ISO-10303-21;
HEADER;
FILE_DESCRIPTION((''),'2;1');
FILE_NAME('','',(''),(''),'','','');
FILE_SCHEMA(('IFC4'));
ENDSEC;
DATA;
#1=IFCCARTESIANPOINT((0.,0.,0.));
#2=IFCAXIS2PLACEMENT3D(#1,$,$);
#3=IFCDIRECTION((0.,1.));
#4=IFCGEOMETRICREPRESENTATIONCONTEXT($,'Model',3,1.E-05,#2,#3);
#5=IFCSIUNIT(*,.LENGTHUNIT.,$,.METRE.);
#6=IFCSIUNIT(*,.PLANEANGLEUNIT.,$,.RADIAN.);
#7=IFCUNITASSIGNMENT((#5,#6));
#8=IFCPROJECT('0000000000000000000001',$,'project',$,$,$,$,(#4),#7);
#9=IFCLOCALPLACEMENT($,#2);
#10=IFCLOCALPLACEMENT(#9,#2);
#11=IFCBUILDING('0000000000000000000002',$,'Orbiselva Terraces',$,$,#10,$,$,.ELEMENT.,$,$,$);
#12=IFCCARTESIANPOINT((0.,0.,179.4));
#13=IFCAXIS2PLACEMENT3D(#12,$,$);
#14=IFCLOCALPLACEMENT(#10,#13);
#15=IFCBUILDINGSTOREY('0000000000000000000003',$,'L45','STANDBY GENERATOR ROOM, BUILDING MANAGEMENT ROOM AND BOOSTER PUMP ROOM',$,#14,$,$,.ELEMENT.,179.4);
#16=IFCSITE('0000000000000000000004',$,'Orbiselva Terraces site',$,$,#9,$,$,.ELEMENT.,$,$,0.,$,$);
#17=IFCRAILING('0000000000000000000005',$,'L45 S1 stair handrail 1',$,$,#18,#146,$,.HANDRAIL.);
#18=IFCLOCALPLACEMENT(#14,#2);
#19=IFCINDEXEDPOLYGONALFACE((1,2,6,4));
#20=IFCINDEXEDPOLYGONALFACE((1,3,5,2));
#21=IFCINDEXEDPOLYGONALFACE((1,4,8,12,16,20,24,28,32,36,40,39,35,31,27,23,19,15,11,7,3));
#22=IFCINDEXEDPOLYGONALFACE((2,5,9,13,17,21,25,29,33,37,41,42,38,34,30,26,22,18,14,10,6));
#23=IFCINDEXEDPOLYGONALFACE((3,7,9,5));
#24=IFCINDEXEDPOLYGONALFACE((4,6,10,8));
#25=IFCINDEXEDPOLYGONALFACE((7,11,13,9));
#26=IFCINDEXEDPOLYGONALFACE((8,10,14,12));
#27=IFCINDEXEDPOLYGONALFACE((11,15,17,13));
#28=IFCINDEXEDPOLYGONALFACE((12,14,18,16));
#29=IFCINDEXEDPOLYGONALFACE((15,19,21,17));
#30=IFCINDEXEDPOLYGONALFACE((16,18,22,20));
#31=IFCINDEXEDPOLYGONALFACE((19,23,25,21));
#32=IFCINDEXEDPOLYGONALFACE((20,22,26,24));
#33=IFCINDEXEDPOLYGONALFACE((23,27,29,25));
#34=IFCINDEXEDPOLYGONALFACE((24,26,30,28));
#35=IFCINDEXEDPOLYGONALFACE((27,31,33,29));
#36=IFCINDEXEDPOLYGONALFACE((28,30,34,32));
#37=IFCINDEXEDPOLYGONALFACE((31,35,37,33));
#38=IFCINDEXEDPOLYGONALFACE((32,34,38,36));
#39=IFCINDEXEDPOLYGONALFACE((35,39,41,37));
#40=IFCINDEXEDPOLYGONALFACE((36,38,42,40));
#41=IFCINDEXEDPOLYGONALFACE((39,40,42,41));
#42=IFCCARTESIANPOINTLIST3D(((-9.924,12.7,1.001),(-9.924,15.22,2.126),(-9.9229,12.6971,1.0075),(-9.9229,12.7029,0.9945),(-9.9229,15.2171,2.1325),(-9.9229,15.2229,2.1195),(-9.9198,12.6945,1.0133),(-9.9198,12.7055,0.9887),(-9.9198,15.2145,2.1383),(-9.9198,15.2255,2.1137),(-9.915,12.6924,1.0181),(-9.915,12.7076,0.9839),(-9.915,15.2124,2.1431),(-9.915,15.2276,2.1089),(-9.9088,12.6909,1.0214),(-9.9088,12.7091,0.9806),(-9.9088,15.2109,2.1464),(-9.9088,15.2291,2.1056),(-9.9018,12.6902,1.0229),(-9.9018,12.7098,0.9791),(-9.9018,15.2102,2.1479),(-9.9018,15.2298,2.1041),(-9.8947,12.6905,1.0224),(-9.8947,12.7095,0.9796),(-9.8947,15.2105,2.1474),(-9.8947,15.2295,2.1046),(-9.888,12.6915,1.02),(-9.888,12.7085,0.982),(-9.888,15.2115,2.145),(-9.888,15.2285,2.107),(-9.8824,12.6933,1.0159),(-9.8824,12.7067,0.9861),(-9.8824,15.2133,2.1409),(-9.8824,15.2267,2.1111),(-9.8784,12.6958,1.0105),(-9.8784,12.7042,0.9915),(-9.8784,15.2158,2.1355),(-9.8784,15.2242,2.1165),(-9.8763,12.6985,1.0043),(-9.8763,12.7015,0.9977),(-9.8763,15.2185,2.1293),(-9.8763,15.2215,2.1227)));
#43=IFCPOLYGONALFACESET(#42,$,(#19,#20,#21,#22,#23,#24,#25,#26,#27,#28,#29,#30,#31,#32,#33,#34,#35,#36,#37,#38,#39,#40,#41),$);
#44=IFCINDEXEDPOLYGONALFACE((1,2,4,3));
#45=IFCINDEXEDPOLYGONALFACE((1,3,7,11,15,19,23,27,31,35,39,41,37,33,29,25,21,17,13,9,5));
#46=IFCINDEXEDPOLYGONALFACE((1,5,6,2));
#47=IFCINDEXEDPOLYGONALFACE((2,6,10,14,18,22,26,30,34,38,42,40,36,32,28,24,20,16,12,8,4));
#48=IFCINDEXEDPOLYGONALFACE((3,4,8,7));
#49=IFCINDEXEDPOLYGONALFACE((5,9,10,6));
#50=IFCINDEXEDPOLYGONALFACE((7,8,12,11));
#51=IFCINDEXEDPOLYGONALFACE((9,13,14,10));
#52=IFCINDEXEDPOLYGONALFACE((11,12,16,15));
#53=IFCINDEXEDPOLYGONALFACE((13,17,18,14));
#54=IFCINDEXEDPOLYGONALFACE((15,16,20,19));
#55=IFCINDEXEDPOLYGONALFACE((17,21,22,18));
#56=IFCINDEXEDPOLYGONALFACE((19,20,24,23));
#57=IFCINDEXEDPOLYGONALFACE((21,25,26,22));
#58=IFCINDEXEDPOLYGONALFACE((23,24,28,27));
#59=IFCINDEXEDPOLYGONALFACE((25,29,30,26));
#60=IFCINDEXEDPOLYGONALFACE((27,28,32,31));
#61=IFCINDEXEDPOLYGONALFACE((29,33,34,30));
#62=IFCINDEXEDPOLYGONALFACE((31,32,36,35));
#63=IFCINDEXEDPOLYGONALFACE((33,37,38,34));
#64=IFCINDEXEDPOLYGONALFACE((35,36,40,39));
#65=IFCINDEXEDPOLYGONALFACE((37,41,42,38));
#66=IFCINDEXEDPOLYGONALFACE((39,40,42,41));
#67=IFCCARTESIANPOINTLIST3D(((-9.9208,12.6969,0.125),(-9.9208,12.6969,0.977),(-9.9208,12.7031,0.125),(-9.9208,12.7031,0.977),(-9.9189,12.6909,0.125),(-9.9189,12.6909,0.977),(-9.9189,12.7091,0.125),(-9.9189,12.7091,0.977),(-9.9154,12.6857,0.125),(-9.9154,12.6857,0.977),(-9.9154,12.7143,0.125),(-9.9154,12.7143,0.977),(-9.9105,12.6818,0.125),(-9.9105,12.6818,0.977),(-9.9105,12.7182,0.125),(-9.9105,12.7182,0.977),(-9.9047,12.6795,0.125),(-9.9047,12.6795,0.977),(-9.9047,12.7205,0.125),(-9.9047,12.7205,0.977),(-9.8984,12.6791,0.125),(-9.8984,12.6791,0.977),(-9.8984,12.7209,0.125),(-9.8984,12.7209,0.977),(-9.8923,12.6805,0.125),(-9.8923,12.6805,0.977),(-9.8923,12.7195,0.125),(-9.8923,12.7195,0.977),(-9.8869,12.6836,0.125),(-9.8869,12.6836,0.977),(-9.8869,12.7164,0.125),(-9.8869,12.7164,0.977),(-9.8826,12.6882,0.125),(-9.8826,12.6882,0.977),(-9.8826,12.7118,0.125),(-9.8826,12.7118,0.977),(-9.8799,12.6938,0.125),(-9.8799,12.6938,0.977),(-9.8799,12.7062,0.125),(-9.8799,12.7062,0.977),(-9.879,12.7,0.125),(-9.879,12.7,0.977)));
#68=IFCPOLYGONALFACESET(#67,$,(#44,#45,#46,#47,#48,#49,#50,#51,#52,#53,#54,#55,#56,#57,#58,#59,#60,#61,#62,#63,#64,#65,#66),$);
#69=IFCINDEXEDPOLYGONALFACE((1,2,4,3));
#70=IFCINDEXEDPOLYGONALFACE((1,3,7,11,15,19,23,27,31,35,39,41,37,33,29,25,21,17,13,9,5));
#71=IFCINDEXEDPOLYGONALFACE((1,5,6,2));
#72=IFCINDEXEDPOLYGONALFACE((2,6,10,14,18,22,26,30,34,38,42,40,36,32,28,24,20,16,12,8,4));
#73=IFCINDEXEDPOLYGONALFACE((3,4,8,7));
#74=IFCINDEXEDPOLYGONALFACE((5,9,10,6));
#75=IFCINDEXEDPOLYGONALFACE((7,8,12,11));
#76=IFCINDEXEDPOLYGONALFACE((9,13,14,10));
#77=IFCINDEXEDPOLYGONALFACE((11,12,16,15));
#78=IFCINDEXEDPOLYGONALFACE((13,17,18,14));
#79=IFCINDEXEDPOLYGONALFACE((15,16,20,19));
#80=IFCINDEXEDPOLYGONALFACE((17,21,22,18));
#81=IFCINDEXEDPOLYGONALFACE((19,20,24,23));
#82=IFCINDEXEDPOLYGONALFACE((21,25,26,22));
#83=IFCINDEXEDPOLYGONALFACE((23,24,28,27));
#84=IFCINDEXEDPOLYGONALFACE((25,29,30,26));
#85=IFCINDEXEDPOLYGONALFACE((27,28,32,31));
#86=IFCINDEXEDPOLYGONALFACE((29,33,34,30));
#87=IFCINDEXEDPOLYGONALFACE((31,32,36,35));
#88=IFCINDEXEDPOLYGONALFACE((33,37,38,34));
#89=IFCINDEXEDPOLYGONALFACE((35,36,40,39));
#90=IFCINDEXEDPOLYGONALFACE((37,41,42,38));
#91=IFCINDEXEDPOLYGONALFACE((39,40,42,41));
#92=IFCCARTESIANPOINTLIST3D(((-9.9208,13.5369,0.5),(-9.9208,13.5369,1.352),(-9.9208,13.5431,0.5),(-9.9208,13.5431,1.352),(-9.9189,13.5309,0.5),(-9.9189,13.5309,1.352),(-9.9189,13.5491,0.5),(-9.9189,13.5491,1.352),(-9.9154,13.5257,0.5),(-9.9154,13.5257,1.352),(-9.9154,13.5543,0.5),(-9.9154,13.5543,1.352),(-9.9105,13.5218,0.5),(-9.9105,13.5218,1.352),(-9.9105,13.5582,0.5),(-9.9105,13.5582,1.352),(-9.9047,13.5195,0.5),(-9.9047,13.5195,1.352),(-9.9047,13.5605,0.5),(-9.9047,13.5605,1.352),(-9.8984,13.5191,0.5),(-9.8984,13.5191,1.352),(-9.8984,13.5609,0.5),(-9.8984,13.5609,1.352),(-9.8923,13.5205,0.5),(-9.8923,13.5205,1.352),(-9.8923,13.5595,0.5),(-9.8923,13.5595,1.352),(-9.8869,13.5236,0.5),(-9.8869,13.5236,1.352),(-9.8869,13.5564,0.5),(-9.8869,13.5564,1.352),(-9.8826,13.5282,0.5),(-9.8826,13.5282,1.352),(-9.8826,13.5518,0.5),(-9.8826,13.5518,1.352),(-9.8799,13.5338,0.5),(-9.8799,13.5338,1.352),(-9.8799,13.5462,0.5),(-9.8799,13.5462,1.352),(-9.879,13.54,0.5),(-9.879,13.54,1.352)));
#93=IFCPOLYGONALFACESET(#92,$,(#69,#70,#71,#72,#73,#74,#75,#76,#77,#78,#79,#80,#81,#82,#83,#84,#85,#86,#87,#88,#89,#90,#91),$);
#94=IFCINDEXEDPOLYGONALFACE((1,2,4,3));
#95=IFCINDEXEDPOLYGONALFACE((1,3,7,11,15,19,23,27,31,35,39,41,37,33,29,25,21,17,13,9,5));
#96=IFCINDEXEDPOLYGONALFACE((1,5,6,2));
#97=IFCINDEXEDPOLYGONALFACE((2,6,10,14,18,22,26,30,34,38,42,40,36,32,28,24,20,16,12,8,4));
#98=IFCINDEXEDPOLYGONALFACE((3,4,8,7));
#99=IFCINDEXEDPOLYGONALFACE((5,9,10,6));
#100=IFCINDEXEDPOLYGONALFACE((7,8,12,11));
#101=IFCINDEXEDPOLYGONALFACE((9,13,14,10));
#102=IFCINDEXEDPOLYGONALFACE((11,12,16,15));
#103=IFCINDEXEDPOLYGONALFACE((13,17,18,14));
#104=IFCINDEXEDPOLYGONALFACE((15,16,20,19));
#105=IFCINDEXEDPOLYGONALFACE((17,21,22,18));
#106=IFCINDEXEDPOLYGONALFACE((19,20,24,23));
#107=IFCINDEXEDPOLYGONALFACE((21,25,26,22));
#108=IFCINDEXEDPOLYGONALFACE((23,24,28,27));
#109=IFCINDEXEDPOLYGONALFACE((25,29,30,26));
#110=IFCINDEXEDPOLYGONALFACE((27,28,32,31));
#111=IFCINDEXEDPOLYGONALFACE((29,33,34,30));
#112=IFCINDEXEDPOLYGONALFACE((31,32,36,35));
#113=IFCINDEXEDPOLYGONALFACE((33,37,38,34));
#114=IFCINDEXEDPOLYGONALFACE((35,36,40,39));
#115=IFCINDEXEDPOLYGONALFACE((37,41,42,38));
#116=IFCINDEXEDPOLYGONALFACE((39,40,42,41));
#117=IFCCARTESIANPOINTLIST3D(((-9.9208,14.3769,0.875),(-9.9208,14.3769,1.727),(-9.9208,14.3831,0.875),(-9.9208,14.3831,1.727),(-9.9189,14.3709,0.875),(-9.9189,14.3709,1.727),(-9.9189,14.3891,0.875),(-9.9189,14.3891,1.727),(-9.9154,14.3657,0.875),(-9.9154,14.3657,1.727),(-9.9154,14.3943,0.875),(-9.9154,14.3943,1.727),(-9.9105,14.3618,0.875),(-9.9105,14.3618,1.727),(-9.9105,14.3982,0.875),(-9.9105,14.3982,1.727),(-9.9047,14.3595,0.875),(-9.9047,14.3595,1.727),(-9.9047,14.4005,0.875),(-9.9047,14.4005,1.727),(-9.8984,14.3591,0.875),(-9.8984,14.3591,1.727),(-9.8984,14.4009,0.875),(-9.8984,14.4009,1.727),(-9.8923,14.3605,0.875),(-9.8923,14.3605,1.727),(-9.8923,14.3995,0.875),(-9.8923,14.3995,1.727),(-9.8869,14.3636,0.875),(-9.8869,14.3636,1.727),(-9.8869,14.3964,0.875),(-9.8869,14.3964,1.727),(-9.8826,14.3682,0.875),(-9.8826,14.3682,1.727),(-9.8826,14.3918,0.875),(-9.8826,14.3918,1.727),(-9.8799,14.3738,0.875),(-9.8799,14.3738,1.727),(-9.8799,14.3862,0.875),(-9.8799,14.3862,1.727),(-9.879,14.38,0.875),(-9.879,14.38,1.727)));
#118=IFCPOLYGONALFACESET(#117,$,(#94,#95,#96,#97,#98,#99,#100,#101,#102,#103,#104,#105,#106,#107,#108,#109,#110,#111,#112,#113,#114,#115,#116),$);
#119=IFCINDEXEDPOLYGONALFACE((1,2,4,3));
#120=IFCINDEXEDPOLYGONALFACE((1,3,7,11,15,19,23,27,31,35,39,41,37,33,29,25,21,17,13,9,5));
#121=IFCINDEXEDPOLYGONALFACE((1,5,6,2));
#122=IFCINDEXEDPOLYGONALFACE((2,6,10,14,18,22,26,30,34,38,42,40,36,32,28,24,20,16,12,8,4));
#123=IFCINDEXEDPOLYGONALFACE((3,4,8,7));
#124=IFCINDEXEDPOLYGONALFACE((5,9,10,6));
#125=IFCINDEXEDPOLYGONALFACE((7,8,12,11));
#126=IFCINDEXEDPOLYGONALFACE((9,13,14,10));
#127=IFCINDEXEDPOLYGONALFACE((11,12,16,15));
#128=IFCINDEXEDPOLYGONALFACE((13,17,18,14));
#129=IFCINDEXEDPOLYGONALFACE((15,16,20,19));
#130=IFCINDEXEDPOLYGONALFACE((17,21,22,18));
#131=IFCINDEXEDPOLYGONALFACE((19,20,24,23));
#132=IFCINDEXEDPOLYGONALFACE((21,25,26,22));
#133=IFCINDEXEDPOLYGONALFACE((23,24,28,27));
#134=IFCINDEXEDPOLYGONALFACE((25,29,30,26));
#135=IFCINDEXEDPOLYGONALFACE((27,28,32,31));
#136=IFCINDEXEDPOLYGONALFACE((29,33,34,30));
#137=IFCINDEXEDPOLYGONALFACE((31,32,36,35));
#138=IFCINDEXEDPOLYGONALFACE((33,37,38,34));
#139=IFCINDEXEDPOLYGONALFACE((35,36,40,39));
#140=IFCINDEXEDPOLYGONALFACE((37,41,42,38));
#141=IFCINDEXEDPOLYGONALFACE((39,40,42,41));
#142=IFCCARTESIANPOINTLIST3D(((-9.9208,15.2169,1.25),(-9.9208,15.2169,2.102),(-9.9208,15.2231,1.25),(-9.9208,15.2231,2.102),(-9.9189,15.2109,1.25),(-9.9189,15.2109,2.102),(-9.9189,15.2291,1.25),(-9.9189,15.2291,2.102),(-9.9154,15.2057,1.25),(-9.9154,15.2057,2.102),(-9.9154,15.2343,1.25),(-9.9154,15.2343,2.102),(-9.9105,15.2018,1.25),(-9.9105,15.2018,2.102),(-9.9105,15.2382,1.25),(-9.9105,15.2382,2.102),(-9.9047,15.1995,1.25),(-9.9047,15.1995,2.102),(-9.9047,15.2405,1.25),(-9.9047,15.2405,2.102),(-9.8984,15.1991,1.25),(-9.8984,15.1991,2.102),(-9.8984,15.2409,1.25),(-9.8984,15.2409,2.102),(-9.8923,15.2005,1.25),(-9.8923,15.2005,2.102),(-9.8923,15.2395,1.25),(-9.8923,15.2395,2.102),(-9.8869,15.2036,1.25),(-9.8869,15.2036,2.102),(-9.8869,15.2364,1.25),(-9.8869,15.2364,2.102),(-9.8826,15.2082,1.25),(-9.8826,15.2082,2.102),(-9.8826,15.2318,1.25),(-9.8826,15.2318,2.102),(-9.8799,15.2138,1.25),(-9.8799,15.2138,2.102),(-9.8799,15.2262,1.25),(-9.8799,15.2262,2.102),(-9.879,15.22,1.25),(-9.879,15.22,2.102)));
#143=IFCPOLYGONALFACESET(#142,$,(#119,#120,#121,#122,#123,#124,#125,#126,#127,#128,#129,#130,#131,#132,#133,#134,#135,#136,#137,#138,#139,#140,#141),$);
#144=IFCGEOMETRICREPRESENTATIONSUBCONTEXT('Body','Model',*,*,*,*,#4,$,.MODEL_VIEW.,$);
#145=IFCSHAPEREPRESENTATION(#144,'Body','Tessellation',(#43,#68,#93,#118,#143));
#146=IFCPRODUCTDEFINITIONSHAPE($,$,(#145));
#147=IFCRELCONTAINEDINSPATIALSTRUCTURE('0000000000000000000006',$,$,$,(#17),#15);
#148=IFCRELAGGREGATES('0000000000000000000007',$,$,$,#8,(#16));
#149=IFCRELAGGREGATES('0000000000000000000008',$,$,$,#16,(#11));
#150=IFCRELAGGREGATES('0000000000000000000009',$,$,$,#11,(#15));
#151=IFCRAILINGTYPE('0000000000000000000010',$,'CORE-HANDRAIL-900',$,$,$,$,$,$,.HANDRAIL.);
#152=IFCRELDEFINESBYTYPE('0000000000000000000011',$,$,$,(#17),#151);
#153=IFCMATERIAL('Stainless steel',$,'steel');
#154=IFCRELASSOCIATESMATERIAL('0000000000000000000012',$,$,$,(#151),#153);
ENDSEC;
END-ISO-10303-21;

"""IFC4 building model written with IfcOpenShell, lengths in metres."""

from ifc_helpers import new_model, si_unit, direction, frame, origin, origin_2d, place, context, subcontext, project, spatial, circle, extrude, material, type_object, element, save


model = new_model("IFC4")

# Units and contexts
model_context = context("Model", 3, precision=1e-05, world=origin(), true_north=direction((0.0, 1.0)))
body_context = subcontext(model_context, "Body", "Model", "MODEL_VIEW")
ifc_project = project(units=[si_unit("LENGTHUNIT", "METRE"), si_unit("PLANEANGLEUNIT", "RADIAN")], contexts=[model_context])

# Site, building, storey
site_placement = place(None, origin())
site = spatial("IfcSite", under=ifc_project, at=site_placement, Name="Orbiselva Terraces site", CompositionType="ELEMENT", RefElevation=0.0)
building_placement = place(site_placement, origin())
building = spatial("IfcBuilding", under=site, at=building_placement, Name="Orbiselva Terraces", CompositionType="ELEMENT")
storey_placement = place(building_placement, frame((0.0, 0.0, 179.4)))
storey = spatial("IfcBuildingStorey", under=building, at=storey_placement, Name="L45", Description="STANDBY GENERATOR ROOM, BUILDING MANAGEMENT ROOM AND BOOSTER PUMP ROOM", CompositionType="ELEMENT", Elevation=179.4)

# Railing
ifc_material_1 = material(Name="Stainless steel", Category="steel")
railing_type = type_object("IfcRailingType", Name="CORE-HANDRAIL-900", PredefinedType="HANDRAIL", material=ifc_material_1)
railing_1_placement = place(storey_placement, frame((-9.9, 12.7, 0.125)))
element("IfcRailing", 1, at=railing_1_placement, inside=storey, type_object=railing_type, Name="L45 S1 stair handrail 1", PredefinedType="HANDRAIL", context=body_context, shape_type="SweptSolid", body=[
    extrude(circle(Radius=0.024, at=origin_2d()), frame((0.0, 0.0, 0.876), z_axis=(0.0, 0.913138, 0.407651), x_axis=(-1.0, 0.0, 0.0)), (0.0, 0.0, 1.0), 2.7597),
    extrude(circle(Radius=0.021, at=origin_2d()), origin(), (0.0, 0.0, 1.0), 0.852),
    extrude(circle(Radius=0.021, at=origin_2d()), frame((0.0, 0.84, 0.375)), (0.0, 0.0, 1.0), 0.852),
    extrude(circle(Radius=0.021, at=origin_2d()), frame((0.0, 1.68, 0.75)), (0.0, 0.0, 1.0), 0.852),
    extrude(circle(Radius=0.021, at=origin_2d()), frame((0.0, 2.52, 1.125)), (0.0, 0.0, 1.0), 0.852),
])

save(model, "model.ifc")
